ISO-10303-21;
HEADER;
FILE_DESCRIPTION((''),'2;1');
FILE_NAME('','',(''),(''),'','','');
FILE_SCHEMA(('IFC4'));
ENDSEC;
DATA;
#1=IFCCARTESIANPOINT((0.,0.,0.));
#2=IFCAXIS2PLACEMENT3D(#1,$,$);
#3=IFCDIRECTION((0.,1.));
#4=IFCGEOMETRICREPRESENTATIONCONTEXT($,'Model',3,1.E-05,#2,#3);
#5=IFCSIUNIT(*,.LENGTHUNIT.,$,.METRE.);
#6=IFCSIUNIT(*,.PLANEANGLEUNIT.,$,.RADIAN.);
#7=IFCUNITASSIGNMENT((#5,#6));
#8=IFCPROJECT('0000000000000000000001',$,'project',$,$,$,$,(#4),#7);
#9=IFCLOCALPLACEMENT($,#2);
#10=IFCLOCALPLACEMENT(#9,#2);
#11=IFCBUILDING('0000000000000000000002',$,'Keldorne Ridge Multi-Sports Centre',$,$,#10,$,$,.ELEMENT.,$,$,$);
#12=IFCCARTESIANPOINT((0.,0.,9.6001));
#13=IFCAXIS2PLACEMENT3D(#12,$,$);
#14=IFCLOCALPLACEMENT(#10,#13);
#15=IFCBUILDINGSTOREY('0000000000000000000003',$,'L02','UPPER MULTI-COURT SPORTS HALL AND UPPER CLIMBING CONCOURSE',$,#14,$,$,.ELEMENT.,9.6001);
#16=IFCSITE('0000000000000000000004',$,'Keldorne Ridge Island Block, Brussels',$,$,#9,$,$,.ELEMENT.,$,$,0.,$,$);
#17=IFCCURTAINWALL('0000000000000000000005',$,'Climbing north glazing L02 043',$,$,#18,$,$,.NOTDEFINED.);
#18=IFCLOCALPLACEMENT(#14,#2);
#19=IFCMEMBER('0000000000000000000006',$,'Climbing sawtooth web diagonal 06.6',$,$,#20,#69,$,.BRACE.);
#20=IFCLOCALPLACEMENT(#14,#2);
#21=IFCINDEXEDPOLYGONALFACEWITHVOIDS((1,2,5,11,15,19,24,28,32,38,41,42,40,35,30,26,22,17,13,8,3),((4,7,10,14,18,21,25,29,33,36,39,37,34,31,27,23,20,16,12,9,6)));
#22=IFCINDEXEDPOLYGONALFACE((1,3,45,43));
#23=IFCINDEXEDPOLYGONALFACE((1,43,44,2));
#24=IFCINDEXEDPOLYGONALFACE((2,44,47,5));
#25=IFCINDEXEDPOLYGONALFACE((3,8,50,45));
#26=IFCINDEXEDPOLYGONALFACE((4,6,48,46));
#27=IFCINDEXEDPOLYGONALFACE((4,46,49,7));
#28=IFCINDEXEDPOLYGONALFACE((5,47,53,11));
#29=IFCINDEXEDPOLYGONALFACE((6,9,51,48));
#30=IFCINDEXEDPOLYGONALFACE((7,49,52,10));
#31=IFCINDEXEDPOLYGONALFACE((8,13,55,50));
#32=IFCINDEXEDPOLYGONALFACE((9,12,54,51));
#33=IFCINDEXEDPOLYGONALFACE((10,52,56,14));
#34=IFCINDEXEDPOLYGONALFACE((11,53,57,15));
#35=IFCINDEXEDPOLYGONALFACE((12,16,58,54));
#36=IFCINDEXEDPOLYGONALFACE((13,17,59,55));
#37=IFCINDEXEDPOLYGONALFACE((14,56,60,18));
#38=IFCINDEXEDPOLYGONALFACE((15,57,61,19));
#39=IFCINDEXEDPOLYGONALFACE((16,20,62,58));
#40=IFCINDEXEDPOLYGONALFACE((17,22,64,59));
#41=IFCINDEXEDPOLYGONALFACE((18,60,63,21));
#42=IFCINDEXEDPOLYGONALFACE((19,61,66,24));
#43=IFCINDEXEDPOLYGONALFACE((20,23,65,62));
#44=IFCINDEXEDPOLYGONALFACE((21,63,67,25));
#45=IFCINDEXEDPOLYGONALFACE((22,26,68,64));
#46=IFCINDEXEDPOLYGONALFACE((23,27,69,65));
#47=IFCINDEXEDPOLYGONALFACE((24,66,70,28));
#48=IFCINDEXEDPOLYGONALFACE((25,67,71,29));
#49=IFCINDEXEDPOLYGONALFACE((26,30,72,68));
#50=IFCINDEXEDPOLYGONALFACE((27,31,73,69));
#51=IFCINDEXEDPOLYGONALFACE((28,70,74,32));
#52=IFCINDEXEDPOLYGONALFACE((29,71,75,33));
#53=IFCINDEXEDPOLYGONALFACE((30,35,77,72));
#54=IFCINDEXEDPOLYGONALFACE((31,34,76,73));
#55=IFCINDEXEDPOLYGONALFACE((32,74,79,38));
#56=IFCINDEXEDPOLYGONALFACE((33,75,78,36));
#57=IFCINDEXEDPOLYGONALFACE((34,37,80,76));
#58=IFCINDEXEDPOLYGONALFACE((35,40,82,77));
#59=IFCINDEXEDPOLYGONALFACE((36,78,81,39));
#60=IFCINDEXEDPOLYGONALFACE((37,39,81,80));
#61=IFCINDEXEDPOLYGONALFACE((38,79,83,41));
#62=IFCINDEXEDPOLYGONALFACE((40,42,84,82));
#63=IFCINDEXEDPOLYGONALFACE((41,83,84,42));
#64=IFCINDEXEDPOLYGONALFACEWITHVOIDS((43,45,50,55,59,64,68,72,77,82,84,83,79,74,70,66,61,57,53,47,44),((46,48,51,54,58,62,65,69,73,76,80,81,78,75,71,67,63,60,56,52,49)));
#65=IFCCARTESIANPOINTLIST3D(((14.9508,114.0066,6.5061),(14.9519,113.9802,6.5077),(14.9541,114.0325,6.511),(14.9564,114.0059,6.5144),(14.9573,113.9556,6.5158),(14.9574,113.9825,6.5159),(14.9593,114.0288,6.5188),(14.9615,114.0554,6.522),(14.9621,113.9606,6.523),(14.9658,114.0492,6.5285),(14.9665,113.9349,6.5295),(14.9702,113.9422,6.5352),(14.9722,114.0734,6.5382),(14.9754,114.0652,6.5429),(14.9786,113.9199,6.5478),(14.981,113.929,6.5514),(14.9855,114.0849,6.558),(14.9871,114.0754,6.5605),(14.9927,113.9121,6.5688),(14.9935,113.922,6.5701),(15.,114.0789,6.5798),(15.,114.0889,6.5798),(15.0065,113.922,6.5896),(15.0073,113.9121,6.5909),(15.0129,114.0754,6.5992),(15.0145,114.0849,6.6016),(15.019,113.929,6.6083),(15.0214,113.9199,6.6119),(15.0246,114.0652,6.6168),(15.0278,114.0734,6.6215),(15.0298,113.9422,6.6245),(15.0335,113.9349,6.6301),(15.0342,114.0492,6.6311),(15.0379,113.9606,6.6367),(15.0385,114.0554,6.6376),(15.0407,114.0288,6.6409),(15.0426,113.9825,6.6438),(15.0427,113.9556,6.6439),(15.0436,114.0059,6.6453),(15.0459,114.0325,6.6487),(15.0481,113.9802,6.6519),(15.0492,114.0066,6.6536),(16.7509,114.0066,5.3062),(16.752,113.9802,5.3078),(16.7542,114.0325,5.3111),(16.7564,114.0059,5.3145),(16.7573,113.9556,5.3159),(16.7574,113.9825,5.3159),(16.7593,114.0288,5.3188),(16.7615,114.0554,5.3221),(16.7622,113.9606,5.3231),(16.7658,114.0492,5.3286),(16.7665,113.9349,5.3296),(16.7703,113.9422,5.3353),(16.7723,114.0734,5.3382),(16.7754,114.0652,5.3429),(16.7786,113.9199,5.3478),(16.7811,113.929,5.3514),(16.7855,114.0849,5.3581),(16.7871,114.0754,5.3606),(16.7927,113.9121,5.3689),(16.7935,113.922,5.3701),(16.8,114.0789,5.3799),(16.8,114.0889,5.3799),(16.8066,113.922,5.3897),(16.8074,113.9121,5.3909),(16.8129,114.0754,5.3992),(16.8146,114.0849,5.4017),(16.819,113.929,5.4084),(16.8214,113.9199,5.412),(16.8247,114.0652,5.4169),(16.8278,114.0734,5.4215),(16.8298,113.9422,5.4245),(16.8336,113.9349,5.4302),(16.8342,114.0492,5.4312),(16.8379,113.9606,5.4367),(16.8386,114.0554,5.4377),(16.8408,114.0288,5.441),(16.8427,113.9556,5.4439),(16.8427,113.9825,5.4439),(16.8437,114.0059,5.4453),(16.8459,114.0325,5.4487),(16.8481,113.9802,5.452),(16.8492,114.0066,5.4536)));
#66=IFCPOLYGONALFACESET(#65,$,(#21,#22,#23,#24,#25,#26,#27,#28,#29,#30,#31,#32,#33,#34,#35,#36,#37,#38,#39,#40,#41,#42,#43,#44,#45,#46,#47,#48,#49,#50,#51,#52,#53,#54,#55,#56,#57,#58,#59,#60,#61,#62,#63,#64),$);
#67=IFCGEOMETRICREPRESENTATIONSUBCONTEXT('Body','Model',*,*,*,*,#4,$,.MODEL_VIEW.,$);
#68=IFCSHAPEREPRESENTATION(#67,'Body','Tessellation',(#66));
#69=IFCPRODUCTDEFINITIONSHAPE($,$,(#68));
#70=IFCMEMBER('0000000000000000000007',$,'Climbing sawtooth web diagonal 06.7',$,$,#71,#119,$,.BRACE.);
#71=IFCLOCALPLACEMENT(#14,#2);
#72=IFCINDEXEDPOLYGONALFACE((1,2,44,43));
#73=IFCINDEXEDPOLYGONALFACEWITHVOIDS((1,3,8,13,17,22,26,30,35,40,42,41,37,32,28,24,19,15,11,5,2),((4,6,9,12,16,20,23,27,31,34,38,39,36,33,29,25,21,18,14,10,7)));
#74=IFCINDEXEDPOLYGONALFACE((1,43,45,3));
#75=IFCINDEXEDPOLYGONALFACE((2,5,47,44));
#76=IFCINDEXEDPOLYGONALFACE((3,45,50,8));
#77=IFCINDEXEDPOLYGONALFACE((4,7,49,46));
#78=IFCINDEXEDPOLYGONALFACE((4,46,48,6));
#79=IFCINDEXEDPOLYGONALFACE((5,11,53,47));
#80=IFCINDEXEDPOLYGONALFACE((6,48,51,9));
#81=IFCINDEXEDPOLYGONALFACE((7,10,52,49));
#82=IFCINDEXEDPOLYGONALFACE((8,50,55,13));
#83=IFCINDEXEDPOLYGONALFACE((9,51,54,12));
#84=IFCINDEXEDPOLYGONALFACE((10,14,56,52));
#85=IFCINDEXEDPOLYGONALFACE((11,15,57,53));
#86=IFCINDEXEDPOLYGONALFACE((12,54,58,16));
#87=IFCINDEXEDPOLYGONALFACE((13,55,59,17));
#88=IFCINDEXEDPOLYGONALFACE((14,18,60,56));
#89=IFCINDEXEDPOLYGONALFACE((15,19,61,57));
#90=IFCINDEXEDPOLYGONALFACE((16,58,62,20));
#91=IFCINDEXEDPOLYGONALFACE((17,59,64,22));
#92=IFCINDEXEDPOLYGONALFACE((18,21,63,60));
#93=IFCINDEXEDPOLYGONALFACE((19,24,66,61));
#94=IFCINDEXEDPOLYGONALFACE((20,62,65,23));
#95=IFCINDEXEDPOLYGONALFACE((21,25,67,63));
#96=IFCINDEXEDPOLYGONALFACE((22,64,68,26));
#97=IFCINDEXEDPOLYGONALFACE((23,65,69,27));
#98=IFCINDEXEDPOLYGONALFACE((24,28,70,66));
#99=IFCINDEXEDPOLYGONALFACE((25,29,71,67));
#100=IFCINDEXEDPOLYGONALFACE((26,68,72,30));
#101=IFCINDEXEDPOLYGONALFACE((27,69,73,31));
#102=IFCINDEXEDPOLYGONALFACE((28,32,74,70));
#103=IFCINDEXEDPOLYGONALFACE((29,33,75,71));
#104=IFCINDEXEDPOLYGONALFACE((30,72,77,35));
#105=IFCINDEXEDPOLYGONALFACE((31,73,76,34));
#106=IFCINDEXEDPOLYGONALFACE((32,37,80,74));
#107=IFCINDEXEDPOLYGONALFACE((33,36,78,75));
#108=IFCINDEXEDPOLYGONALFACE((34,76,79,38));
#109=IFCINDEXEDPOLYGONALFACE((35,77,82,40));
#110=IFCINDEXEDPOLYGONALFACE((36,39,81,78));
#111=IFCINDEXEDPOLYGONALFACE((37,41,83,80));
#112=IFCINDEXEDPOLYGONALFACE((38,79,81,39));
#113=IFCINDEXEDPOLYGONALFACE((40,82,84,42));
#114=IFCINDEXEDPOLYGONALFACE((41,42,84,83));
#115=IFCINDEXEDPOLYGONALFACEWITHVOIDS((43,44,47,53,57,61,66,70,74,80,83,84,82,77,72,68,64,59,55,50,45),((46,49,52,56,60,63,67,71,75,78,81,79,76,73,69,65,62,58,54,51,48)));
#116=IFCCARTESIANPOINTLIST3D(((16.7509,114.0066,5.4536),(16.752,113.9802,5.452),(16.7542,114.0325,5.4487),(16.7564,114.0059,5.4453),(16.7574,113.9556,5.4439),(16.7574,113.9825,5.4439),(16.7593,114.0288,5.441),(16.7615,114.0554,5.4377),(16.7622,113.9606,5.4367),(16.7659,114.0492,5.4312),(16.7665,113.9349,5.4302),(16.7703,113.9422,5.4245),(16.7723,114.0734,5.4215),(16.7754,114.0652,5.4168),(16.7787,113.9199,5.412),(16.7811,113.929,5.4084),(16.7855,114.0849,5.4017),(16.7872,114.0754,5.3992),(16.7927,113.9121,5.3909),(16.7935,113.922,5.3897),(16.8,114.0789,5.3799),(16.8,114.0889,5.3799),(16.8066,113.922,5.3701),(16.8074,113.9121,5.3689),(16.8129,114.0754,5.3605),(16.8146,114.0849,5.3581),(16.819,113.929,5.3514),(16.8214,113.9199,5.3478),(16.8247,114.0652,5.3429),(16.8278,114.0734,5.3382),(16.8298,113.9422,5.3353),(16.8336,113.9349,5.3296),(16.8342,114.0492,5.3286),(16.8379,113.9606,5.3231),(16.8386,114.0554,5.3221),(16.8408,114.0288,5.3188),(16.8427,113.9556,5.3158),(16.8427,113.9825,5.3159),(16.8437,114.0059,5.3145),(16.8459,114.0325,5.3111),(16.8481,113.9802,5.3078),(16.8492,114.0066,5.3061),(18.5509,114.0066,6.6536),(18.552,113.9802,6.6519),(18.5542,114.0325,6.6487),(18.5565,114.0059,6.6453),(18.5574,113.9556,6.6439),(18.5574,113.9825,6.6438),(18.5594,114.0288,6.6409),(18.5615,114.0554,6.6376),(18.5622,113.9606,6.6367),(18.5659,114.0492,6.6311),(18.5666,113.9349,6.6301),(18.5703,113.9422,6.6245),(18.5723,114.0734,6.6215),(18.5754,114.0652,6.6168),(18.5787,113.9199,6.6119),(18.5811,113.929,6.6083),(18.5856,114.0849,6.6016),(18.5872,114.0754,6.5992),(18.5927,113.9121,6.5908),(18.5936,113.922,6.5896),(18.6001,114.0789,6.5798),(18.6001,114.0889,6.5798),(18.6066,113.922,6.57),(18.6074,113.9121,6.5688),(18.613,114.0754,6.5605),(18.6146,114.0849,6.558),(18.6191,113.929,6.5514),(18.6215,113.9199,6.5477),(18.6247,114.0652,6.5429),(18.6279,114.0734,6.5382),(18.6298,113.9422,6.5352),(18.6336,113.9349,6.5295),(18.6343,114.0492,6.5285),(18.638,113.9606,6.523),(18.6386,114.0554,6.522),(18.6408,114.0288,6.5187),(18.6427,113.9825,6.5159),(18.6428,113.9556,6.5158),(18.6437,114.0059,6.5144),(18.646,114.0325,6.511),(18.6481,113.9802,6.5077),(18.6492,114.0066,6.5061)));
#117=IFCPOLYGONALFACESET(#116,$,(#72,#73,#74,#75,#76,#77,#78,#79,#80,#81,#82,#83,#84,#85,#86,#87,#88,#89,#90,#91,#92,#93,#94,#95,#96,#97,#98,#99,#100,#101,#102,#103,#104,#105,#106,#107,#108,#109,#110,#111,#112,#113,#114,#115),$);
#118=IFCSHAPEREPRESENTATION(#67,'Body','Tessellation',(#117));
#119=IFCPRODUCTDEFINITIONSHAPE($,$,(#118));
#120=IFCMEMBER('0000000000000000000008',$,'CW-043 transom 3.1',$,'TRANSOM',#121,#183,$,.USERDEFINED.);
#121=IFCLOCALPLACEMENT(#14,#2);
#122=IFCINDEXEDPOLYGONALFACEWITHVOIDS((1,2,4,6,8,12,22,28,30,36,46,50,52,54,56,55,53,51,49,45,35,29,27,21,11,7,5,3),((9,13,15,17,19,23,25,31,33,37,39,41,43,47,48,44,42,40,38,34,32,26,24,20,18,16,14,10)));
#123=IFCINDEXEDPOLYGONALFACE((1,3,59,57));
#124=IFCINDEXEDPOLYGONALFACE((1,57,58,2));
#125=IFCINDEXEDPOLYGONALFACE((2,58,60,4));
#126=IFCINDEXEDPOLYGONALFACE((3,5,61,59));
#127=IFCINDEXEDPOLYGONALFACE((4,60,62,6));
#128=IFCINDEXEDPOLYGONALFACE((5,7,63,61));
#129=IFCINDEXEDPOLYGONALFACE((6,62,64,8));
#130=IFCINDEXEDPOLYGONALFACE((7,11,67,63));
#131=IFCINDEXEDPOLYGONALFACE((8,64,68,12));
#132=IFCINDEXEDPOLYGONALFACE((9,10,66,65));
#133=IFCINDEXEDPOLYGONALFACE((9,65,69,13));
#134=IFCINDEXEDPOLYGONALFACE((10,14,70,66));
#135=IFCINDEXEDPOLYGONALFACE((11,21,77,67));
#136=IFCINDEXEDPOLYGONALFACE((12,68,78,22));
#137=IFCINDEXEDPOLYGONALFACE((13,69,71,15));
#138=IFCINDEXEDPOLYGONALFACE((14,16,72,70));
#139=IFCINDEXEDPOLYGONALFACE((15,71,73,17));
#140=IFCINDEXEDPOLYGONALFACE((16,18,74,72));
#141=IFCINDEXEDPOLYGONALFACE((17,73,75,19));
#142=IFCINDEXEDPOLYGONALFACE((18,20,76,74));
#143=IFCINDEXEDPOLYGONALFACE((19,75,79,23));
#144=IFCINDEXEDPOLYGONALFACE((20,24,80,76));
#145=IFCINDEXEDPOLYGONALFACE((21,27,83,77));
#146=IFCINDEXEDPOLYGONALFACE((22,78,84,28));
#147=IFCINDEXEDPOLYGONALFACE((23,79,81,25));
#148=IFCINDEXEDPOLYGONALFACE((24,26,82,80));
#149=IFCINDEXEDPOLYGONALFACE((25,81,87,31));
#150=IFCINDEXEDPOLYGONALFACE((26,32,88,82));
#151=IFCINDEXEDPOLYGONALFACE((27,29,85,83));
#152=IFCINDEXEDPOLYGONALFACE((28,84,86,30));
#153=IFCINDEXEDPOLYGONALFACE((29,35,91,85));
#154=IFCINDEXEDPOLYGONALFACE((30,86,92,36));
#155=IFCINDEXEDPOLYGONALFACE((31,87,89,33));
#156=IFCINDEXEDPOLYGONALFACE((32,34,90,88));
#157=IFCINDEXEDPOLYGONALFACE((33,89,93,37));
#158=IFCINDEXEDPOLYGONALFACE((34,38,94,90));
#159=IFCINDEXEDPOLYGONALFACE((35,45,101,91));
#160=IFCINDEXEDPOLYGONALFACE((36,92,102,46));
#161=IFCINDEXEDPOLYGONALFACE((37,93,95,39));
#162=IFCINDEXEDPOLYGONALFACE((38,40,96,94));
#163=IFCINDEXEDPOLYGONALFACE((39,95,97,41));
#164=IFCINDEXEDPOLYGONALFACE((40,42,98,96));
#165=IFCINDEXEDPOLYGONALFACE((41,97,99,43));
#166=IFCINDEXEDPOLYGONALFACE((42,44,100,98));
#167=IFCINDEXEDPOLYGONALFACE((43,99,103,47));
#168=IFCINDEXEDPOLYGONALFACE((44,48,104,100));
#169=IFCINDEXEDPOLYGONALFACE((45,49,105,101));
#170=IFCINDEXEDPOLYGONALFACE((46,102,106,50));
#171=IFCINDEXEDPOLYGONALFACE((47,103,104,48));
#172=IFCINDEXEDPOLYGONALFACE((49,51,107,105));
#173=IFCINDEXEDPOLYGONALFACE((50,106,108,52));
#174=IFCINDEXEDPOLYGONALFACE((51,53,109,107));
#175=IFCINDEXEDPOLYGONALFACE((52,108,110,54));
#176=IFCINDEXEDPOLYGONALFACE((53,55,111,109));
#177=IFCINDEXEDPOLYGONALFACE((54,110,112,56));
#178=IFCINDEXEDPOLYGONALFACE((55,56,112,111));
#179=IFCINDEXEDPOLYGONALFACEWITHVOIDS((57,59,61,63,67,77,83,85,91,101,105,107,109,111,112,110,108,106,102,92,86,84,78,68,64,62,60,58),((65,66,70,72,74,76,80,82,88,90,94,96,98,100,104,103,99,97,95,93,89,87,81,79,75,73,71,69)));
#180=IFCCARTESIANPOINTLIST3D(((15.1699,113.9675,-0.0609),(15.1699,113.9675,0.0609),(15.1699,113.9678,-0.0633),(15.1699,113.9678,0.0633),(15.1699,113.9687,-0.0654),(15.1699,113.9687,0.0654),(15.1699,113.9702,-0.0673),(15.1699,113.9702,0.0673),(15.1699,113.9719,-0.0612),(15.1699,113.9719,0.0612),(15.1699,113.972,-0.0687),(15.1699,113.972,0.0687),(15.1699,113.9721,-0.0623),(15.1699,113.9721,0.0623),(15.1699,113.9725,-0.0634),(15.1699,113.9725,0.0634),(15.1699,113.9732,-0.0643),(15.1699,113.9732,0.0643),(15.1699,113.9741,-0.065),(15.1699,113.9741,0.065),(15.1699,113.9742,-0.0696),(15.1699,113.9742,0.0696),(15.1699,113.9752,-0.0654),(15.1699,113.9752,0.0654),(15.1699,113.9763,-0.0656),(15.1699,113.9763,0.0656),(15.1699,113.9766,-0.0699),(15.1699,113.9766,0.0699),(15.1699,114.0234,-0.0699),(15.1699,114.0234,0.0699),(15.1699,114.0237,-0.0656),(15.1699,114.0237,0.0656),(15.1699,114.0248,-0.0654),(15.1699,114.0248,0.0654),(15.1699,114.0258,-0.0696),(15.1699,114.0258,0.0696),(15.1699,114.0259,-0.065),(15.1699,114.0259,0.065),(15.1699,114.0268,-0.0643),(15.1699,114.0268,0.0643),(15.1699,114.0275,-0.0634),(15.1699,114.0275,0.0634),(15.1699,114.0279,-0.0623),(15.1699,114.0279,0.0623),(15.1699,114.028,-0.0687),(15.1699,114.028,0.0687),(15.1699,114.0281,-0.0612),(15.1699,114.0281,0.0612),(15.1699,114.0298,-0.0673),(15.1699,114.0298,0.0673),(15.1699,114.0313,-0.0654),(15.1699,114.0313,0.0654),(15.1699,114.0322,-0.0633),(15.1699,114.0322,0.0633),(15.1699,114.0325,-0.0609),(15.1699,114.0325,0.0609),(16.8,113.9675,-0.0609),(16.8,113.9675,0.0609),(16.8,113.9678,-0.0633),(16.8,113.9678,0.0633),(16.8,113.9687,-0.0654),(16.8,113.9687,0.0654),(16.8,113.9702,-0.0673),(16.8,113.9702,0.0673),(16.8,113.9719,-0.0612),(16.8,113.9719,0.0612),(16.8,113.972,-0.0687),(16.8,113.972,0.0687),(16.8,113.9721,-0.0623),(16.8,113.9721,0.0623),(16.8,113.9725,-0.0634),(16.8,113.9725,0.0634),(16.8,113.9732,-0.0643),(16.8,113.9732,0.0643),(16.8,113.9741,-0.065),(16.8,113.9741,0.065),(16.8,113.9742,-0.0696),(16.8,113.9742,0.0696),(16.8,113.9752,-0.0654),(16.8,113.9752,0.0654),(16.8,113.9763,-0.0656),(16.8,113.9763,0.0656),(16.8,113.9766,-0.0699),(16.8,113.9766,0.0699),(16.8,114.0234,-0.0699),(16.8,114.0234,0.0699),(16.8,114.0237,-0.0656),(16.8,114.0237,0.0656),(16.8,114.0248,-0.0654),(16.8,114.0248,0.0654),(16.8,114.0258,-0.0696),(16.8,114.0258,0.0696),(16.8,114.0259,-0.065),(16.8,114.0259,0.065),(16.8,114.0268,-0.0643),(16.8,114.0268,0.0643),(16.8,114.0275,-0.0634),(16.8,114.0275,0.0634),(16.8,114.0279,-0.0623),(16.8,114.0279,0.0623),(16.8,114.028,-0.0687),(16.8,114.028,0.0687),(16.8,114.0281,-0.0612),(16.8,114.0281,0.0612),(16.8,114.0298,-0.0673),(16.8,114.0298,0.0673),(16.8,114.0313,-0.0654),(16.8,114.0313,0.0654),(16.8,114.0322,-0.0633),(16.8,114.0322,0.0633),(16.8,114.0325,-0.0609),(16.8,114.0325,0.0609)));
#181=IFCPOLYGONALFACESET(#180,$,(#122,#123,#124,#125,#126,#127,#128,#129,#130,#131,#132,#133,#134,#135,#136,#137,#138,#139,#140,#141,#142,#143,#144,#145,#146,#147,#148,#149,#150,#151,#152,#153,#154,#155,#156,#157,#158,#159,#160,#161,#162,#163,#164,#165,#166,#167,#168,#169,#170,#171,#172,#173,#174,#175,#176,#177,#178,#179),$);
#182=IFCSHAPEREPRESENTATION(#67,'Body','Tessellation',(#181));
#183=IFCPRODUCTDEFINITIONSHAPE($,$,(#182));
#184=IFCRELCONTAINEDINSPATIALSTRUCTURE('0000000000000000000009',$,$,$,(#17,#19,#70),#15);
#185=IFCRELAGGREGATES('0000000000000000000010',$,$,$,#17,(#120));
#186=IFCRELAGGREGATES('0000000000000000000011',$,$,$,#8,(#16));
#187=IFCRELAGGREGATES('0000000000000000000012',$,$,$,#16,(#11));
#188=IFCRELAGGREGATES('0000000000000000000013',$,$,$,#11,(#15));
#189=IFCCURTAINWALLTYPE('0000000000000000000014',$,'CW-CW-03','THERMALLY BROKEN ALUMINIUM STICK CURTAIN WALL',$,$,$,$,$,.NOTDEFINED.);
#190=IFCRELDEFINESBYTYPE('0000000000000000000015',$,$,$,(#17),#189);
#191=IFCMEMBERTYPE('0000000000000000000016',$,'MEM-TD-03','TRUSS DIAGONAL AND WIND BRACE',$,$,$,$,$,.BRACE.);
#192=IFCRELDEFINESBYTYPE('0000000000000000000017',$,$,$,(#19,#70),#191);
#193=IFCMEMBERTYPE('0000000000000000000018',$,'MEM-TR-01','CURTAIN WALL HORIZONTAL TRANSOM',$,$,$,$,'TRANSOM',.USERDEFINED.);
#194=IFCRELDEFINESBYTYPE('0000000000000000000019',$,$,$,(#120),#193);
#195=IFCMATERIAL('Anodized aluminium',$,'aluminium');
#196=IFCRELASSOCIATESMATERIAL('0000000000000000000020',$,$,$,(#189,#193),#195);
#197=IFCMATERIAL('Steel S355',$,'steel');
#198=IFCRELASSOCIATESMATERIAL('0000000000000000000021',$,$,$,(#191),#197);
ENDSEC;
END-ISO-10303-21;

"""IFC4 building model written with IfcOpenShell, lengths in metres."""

from ifc_helpers import new_model, si_unit, direction, frame, origin, origin_2d, place, context, subcontext, project, spatial, hollow_rectangle, hollow_circle, extrude, material, material_profile, profile_set, type_object, element, aggregate, save


model = new_model("IFC4")

# Units and contexts
model_context = context("Model", 3, precision=1e-05, world=origin(), true_north=direction((0.0, 1.0)))
body_context = subcontext(model_context, "Body", "Model", "MODEL_VIEW")
ifc_project = project(units=[si_unit("LENGTHUNIT", "METRE"), si_unit("PLANEANGLEUNIT", "RADIAN")], contexts=[model_context])

# Site, building, storey
site_placement = place(None, origin())
site = spatial("IfcSite", under=ifc_project, at=site_placement, Name="Keldorne Ridge Island Block, Brussels", CompositionType="ELEMENT", RefElevation=0.0)
building_placement = place(site_placement, origin())
building = spatial("IfcBuilding", under=site, at=building_placement, Name="Keldorne Ridge Multi-Sports Centre", CompositionType="ELEMENT")
storey_placement = place(building_placement, frame((0.0, 0.0, 9.6001)))
storey = spatial("IfcBuildingStorey", under=building, at=storey_placement, Name="L02", Description="UPPER MULTI-COURT SPORTS HALL AND UPPER CLIMBING CONCOURSE", CompositionType="ELEMENT", Elevation=9.6001)

# Curtain wall
ifc_material_1 = material(Name="Anodized aluminium", Category="aluminium")
curtain_wall_type = type_object("IfcCurtainWallType", Name="CW-CW-03", Description="THERMALLY BROKEN ALUMINIUM STICK CURTAIN WALL", PredefinedType="NOTDEFINED", material=ifc_material_1)
curtain_wall_placement = place(storey_placement, origin())
curtain_wall = element("IfcCurtainWall", 1, at=curtain_wall_placement, inside=storey, type_object=curtain_wall_type, Name="Climbing north glazing L02 043", PredefinedType="NOTDEFINED")

# Members
ifc_material_2 = material(Name="Steel S355", Category="steel")
ifc_material_profile_1 = material_profile(ifc_material_2, hollow_circle(Radius=0.0889, WallThickness=0.01, at=origin_2d()), Name="CHS 177.8x10")
ifc_profile_set_1 = profile_set([ifc_material_profile_1], Name="Steel S355")
member_type_1 = type_object("IfcMemberType", Name="MEM-TD-03", Description="TRUSS DIAGONAL AND WIND BRACE", PredefinedType="BRACE", material=ifc_profile_set_1)
for number, where, z_axis, x_axis, name in (
    (2, (15.0, 114.0, 6.5798), (0.832068, 0.0, -0.554674), (0.0, 1.0, 0.0), "Climbing sawtooth web diagonal 06.6"),
    (3, (16.8, 114.0, 5.3799), (0.832068, 0.0, 0.554674), (0.0, 1.0, 0.0), "Climbing sawtooth web diagonal 06.7"),
):
    element("IfcMember", number, at=place(storey_placement, frame(where, z_axis=z_axis, x_axis=x_axis)), inside=storey, type_object=member_type_1, Name=name, PredefinedType="BRACE", context=body_context, shape_type="SweptSolid", body=[
        extrude(hollow_circle(Radius=0.0889, WallThickness=0.01, at=origin_2d()), origin(), (0.0, 0.0, 1.0), 2.1633),
    ])

# Member
ifc_material_profile_2 = material_profile(ifc_material_1, hollow_rectangle(XDim=0.0649, YDim=0.1399, WallThickness=0.0044, InnerFilletRadius=0.0044, OuterFilletRadius=0.009, at=origin_2d()), Name="ALU TRANSOM 140x65x4.5")
ifc_profile_set_2 = profile_set([ifc_material_profile_2], Name="Anodized aluminium")
member_type_2 = type_object("IfcMemberType", Name="MEM-TR-01", Description="CURTAIN WALL HORIZONTAL TRANSOM", ElementType="TRANSOM", PredefinedType="USERDEFINED", material=ifc_profile_set_2)
member_1_placement = place(storey_placement, frame((16.8, 114.0, 0.0), z_axis=(-1.0, 0.0, 0.0), x_axis=(0.0, -1.0, 0.0)))
member_1 = element("IfcMember", 4, at=member_1_placement, type_object=member_type_2, Name="CW-043 transom 3.1", ObjectType="TRANSOM", PredefinedType="USERDEFINED", context=body_context, shape_type="SweptSolid", body=[
    extrude(hollow_rectangle(XDim=0.0649, YDim=0.1399, WallThickness=0.0044, InnerFilletRadius=0.0044, OuterFilletRadius=0.009, at=origin_2d()), origin(), (0.0, 0.0, 1.0), 1.6301),
])

aggregate(curtain_wall, [member_1])

save(model, "model.ifc")
